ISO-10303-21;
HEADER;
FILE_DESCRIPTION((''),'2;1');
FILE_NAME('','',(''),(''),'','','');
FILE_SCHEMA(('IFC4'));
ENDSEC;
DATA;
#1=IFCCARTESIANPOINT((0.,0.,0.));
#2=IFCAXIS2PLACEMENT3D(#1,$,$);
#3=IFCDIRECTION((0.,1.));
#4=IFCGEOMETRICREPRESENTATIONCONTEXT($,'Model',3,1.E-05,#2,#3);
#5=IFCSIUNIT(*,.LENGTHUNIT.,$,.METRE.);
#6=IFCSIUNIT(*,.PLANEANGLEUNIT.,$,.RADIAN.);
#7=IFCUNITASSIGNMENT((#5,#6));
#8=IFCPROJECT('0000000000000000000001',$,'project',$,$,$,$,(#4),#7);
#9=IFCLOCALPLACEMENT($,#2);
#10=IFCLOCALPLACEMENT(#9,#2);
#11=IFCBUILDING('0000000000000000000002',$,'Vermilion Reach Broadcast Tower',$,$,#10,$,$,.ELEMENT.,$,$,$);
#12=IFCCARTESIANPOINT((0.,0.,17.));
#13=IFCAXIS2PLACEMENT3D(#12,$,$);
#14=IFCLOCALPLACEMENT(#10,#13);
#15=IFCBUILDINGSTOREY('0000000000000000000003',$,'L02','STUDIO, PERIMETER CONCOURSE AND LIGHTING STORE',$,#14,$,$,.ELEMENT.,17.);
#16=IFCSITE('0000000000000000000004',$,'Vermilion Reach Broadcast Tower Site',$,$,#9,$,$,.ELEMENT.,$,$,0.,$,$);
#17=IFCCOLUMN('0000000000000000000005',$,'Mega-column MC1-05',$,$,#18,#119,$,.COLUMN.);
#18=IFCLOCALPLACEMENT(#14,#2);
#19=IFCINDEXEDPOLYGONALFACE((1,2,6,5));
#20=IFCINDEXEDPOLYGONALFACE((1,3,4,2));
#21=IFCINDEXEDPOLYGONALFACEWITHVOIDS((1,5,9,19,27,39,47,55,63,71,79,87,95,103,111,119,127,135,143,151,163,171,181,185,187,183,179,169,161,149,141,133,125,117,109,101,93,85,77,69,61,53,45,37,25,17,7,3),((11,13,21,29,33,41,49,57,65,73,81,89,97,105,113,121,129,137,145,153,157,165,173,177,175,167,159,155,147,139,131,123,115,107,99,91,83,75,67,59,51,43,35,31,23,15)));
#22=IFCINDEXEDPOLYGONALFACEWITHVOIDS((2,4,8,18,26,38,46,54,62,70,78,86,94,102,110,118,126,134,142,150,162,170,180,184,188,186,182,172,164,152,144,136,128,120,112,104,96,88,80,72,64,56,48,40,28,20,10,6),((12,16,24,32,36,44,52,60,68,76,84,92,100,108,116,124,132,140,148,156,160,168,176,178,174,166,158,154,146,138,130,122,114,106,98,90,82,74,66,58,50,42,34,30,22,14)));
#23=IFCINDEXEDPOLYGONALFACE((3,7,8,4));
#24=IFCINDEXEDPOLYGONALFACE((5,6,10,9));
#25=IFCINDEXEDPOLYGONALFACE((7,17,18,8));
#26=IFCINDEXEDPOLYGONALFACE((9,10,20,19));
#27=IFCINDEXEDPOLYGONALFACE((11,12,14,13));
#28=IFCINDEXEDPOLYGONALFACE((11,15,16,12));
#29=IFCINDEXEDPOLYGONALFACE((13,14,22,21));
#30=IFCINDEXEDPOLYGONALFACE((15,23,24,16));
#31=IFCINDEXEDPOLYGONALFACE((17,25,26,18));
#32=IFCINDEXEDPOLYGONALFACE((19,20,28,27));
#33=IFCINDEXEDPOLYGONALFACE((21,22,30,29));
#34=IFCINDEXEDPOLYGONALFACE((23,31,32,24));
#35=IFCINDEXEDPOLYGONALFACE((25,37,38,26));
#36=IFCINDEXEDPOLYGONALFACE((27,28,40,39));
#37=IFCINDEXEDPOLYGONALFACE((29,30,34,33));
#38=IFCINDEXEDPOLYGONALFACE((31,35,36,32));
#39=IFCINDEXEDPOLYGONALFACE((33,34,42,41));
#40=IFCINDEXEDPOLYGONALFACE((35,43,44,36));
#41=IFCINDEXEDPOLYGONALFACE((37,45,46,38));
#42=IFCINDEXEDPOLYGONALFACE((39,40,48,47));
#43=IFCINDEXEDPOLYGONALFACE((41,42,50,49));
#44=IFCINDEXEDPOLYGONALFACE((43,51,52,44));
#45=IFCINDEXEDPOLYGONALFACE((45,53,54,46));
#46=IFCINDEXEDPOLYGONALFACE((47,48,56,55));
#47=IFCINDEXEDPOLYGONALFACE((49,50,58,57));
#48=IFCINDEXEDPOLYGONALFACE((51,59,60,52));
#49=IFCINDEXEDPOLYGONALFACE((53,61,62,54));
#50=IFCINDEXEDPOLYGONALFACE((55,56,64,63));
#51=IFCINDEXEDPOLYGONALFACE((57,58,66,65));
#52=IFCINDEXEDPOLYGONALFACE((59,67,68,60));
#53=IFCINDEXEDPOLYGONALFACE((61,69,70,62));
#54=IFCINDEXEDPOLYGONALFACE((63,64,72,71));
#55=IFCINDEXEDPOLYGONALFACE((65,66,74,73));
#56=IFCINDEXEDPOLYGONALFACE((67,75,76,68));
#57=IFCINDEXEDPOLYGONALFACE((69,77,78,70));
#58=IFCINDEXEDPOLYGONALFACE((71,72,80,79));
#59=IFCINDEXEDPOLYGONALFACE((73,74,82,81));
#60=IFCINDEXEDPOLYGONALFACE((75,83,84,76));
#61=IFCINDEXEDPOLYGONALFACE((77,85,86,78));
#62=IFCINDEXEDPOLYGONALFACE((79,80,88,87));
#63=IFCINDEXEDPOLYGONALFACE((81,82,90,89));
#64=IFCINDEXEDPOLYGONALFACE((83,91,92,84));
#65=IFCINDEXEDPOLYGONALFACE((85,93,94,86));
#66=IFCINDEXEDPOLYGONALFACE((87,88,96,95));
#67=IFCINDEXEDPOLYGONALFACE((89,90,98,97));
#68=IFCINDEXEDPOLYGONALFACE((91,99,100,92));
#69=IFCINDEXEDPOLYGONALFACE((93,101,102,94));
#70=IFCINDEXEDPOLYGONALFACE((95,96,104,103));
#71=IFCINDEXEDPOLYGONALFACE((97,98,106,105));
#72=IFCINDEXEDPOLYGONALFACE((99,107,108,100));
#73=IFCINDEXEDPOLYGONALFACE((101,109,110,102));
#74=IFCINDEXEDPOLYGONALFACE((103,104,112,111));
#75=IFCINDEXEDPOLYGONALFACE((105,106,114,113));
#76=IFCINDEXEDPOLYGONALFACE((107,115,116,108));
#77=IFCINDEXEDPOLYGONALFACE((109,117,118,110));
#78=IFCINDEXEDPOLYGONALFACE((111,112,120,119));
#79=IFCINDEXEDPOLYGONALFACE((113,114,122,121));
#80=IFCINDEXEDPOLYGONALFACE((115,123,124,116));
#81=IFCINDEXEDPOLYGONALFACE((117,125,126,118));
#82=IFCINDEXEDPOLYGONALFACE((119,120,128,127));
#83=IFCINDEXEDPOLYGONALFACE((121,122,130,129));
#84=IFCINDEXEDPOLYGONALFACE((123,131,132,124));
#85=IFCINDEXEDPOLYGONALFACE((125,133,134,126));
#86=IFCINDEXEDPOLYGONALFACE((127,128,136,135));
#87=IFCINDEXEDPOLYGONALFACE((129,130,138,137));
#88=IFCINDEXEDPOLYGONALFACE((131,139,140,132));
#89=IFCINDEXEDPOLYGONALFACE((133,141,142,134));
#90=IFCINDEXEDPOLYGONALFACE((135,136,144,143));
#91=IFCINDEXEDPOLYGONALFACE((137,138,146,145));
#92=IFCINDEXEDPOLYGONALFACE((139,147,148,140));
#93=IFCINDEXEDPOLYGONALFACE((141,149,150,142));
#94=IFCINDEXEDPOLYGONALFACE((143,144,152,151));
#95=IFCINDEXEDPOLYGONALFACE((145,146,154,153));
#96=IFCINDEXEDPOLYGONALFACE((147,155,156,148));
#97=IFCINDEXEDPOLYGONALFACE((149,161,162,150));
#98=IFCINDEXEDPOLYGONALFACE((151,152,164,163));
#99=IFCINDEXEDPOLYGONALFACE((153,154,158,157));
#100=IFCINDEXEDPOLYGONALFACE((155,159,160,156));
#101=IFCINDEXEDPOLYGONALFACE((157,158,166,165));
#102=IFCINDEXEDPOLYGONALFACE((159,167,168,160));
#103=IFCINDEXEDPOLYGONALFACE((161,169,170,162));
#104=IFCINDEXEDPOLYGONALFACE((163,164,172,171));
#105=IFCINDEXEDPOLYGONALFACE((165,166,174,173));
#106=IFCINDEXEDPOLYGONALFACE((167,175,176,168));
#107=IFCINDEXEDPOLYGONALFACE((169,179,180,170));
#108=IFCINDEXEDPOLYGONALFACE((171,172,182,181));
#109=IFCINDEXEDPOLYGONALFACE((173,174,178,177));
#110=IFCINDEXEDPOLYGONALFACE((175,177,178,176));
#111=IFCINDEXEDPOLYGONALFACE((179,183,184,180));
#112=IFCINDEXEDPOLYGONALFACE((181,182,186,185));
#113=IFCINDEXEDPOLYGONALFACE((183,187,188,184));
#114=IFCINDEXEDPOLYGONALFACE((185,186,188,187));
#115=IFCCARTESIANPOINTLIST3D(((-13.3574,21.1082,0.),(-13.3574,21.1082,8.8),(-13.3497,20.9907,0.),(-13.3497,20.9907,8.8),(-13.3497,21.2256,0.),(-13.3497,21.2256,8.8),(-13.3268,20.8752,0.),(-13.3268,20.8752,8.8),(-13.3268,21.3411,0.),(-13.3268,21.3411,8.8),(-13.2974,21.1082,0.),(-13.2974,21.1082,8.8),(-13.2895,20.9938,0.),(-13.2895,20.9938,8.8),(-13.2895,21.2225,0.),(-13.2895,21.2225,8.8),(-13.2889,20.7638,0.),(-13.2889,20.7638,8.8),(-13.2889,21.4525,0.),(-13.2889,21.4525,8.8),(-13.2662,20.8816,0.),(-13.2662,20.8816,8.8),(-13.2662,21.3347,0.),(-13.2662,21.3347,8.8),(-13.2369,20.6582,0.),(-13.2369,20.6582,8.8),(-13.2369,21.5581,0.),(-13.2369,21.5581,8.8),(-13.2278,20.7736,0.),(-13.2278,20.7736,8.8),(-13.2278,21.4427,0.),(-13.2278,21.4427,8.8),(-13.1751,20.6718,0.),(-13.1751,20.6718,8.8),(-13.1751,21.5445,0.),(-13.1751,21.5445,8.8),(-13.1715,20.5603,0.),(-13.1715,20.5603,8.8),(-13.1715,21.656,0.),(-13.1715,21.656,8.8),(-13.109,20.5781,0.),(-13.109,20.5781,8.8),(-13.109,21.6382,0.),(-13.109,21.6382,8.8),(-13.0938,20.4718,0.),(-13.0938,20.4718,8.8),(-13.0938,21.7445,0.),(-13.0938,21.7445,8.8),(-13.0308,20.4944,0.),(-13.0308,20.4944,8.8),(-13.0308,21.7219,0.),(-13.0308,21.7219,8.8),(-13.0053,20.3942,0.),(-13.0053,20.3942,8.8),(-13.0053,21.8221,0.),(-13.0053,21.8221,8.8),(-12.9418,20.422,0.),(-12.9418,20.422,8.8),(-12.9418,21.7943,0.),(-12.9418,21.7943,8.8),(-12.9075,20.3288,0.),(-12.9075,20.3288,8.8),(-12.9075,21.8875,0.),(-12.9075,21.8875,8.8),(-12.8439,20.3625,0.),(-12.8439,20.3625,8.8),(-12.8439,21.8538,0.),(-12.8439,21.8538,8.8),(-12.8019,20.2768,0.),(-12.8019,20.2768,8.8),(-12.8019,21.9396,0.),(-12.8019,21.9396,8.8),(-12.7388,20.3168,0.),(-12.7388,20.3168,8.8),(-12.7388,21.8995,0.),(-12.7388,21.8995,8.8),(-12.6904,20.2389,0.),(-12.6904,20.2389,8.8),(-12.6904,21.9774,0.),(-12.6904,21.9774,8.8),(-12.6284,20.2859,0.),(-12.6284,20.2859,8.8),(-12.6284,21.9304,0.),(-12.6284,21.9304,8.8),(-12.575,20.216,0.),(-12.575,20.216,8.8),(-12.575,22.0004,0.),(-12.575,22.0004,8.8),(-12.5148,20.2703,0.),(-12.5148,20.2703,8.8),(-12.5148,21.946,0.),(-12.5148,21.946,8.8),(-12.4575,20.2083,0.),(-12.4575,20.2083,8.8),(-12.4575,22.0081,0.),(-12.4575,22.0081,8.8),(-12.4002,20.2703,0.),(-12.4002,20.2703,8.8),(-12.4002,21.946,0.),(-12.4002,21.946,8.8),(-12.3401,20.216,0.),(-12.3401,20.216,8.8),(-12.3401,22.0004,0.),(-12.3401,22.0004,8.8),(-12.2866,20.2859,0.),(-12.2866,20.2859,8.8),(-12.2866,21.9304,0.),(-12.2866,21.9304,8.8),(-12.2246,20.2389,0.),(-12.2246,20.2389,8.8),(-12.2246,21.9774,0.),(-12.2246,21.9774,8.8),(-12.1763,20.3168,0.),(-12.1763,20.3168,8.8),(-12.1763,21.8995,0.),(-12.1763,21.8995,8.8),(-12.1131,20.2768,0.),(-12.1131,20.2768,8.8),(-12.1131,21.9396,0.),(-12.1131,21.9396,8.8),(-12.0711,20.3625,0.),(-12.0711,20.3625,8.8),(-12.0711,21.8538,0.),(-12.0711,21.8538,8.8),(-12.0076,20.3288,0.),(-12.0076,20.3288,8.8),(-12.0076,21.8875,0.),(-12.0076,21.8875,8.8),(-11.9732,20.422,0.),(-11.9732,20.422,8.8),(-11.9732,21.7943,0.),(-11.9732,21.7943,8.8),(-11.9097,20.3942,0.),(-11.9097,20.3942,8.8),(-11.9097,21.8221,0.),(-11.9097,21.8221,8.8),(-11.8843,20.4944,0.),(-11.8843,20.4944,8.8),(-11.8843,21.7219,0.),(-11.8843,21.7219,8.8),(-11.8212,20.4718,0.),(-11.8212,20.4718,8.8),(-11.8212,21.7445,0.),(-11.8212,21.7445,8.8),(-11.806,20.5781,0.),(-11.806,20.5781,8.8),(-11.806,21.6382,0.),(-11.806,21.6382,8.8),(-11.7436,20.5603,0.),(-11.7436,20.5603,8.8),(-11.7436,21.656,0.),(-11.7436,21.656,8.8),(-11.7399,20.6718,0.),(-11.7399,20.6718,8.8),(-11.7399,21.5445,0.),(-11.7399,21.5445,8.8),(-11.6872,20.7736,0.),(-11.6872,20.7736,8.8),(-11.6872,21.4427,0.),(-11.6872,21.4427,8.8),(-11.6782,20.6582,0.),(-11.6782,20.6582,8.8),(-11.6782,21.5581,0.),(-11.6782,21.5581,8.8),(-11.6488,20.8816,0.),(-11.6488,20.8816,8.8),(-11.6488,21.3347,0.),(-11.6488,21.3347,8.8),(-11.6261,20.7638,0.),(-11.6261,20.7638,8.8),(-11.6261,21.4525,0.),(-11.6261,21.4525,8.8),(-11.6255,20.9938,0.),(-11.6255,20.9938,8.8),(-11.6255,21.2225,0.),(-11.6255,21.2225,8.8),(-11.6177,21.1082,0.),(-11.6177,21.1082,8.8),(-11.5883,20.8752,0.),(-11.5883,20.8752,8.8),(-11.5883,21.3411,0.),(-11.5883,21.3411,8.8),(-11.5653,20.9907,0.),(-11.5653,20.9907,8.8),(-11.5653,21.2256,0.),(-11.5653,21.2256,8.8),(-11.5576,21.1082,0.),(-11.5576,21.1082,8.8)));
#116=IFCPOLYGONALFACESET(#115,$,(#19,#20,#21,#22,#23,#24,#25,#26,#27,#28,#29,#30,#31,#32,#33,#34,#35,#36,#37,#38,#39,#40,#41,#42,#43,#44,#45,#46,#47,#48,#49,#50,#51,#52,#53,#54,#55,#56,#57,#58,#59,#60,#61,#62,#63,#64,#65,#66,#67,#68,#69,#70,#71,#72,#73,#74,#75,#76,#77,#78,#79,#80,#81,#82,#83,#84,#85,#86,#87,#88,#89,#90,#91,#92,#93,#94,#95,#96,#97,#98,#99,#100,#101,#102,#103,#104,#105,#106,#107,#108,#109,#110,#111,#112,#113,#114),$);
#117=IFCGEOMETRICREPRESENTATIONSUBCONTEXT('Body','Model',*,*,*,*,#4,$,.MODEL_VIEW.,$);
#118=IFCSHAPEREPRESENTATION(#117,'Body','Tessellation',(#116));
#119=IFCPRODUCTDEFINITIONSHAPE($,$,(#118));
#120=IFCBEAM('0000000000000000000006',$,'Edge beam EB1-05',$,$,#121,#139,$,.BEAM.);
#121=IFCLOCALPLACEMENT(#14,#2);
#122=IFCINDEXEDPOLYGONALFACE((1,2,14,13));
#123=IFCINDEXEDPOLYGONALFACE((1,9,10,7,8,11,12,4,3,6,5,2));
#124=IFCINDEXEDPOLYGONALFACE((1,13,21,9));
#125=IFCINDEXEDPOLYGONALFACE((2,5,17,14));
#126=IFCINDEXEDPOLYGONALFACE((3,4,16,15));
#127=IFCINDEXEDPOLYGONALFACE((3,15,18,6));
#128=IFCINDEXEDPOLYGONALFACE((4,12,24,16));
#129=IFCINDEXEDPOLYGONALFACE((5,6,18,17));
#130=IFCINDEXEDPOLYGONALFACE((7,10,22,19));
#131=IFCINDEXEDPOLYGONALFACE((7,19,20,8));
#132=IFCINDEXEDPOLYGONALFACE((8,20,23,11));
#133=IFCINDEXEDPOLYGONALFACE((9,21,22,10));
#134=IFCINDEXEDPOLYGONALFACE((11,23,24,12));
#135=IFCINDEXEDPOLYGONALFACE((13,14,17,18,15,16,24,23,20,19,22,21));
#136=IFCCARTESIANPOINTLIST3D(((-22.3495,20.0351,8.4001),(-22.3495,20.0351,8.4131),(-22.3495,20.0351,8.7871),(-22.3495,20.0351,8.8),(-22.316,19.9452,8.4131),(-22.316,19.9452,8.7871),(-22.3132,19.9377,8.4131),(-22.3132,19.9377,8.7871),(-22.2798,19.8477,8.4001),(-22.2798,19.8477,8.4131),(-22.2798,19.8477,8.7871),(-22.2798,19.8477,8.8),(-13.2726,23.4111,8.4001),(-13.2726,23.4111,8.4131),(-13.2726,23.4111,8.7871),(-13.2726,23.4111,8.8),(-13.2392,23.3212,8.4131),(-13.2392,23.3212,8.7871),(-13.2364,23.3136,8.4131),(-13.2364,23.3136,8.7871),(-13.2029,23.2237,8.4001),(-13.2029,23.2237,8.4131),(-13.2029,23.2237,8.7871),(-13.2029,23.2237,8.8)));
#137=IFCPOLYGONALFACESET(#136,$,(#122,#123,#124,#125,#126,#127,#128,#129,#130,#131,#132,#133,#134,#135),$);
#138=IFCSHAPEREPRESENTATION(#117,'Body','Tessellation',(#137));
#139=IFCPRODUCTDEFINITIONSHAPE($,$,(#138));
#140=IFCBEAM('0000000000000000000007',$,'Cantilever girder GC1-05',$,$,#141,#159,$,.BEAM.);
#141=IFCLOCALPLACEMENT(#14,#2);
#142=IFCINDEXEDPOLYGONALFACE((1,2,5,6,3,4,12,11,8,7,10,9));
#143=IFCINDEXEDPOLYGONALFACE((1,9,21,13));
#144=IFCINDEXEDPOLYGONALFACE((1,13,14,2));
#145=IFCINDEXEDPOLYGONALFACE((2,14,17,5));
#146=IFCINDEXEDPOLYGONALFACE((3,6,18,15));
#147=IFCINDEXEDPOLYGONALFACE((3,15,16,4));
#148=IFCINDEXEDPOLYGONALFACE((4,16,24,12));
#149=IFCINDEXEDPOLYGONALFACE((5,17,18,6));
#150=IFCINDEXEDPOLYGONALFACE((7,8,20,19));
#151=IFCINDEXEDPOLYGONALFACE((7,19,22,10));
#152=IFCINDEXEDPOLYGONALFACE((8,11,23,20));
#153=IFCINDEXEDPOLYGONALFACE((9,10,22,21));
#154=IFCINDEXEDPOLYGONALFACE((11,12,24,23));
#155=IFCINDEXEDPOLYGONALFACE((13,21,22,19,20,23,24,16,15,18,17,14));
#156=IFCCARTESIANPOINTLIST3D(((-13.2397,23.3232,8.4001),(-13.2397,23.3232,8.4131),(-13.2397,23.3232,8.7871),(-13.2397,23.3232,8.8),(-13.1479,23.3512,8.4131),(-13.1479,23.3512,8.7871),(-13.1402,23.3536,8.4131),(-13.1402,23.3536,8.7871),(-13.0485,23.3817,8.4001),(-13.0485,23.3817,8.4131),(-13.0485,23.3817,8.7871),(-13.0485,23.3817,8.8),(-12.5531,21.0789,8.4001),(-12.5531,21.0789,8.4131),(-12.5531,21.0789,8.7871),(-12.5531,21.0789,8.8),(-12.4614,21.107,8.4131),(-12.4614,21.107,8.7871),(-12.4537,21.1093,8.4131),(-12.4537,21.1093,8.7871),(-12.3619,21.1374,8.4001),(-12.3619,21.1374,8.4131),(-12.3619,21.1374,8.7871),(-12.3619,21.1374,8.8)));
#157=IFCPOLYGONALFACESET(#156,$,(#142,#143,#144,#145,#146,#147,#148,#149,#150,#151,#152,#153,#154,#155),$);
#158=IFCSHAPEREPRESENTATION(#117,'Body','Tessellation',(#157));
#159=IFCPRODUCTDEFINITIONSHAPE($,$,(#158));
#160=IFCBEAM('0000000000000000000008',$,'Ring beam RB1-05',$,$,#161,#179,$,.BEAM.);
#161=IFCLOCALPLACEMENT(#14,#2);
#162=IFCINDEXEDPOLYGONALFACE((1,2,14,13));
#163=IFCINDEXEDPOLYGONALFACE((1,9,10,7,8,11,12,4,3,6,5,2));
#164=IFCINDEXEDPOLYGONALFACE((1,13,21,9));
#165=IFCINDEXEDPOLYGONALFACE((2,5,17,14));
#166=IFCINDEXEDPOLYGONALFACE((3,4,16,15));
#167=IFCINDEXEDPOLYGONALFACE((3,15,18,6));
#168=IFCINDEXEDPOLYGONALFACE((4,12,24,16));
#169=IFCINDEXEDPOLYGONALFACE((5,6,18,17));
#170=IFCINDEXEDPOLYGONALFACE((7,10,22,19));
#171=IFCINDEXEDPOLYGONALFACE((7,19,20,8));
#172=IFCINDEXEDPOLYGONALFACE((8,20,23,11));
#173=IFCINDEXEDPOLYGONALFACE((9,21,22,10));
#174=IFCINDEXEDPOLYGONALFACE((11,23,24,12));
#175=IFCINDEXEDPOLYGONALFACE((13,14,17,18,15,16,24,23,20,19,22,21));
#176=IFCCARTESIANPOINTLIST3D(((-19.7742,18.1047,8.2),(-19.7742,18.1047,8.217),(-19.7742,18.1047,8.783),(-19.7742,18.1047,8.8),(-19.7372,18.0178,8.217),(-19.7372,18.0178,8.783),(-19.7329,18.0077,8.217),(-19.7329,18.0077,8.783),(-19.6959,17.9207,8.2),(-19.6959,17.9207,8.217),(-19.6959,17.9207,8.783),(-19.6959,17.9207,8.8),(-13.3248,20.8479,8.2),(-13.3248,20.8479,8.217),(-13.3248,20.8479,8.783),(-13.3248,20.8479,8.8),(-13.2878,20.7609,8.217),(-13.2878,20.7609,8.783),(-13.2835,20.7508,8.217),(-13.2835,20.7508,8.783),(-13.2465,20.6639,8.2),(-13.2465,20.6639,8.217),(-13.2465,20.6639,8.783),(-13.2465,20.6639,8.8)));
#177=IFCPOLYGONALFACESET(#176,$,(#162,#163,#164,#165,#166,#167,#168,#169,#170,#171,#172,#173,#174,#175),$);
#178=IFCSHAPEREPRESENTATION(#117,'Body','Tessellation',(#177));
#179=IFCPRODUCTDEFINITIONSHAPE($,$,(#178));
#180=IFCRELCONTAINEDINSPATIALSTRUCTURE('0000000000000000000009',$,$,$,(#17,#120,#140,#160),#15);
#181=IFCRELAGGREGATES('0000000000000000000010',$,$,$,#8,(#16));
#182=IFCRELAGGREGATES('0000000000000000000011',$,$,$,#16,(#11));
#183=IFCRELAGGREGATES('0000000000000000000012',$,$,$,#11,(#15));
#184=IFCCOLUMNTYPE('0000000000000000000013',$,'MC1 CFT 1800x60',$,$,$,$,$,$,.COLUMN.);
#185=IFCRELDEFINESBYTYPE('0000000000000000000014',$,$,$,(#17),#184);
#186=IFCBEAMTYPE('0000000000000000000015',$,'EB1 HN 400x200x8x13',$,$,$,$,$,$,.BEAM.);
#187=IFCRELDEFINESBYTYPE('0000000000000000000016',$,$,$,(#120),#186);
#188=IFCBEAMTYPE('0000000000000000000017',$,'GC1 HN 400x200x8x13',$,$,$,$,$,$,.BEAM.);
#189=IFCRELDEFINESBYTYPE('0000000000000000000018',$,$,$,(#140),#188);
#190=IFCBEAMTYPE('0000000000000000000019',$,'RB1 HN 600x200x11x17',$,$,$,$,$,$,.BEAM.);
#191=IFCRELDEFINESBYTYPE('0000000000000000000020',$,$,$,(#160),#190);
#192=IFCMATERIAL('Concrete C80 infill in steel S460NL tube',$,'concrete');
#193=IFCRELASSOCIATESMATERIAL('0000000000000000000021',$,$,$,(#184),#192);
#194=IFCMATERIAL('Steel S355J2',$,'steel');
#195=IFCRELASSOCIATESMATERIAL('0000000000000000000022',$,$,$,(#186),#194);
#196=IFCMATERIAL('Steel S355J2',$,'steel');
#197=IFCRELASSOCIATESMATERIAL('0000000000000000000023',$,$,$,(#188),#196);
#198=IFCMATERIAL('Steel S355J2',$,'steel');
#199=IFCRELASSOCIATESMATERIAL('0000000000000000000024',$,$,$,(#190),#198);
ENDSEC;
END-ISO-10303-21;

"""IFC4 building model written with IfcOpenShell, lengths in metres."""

from ifc_helpers import new_model, si_unit, direction, frame, origin, origin_2d, place, context, subcontext, project, spatial, hollow_circle, i_section, extrude, material, material_profile, profile_set, type_object, element, save


model = new_model("IFC4")

# Units and contexts
model_context = context("Model", 3, precision=1e-05, world=origin(), true_north=direction((0.0, 1.0)))
body_context = subcontext(model_context, "Body", "Model", "MODEL_VIEW")
ifc_project = project(units=[si_unit("LENGTHUNIT", "METRE"), si_unit("PLANEANGLEUNIT", "RADIAN")], contexts=[model_context])

# Site, building, storey
site_placement = place(None, origin())
site = spatial("IfcSite", under=ifc_project, at=site_placement, Name="Vermilion Reach Broadcast Tower Site", CompositionType="ELEMENT", RefElevation=0.0)
building_placement = place(site_placement, origin())
building = spatial("IfcBuilding", under=site, at=building_placement, Name="Vermilion Reach Broadcast Tower", CompositionType="ELEMENT")
storey_placement = place(building_placement, frame((0.0, 0.0, 17.0)))
storey = spatial("IfcBuildingStorey", under=building, at=storey_placement, Name="L02", Description="STUDIO, PERIMETER CONCOURSE AND LIGHTING STORE", CompositionType="ELEMENT", Elevation=17.0)

# Column
ifc_material_1 = material(Name="Concrete C80 infill in steel S460NL tube", Category="concrete")
ifc_material_profile_1 = material_profile(ifc_material_1, hollow_circle(Radius=0.8999, WallThickness=0.0601, at=origin_2d()), Name="Concrete C80 infill in steel S460NL tube CFT 1800x60")
ifc_profile_set_1 = profile_set([ifc_material_profile_1], Name="Concrete C80 infill in steel S460NL tube")
column_type = type_object("IfcColumnType", Name="MC1 CFT 1800x60", PredefinedType="COLUMN", material=ifc_profile_set_1)
column_placement = place(storey_placement, frame((-12.4575, 21.1082, 0.0), z_axis=(0.0, 0.0, 1.0), x_axis=(1.0, 0.0, 0.0)))
element("IfcColumn", 1, at=column_placement, inside=storey, type_object=column_type, Name="Mega-column MC1-05", PredefinedType="COLUMN", context=body_context, shape_type="SweptSolid", body=[
    extrude(hollow_circle(Radius=0.8999, WallThickness=0.0601, at=origin_2d()), origin(), (0.0, 0.0, 1.0), 8.8),
])

# Beams
ifc_material_2 = material(Name="Steel S355J2", Category="steel")
ifc_material_profile_2 = material_profile(ifc_material_2, i_section(OverallWidth=0.2, OverallDepth=0.3999, WebThickness=0.0081, FlangeThickness=0.0129, at=origin_2d()), Name="S355J2 HN 400x200x8x13")
ifc_profile_set_2 = profile_set([ifc_material_profile_2], Name="Steel S355J2")
beam_type_1 = type_object("IfcBeamType", Name="EB1 HN 400x200x8x13", PredefinedType="BEAM", material=ifc_profile_set_2)
beam_1_placement = place(storey_placement, frame((-13.2378, 23.3174, 8.6001), z_axis=(-0.937272, -0.3486, 0.0), x_axis=(0.3486, -0.937272, 0.0)))
element("IfcBeam", 2, at=beam_1_placement, inside=storey, type_object=beam_type_1, Name="Edge beam EB1-05", PredefinedType="BEAM", context=body_context, shape_type="SweptSolid", body=[
    extrude(i_section(OverallWidth=0.2, OverallDepth=0.3999, WebThickness=0.0081, FlangeThickness=0.0129, at=origin_2d()), origin(), (0.0, 0.0, 1.0), 9.6843),
])
ifc_material_3 = material(Name="Steel S355J2", Category="steel")
ifc_material_profile_3 = material_profile(ifc_material_3, i_section(OverallWidth=0.2, OverallDepth=0.3999, WebThickness=0.0081, FlangeThickness=0.0129, at=origin_2d()), Name="S355J2 HN 400x200x8x13")
ifc_profile_set_3 = profile_set([ifc_material_profile_3], Name="Steel S355J2")
beam_type_2 = type_object("IfcBeamType", Name="GC1 HN 400x200x8x13", PredefinedType="BEAM", material=ifc_profile_set_3)
beam_2_placement = place(storey_placement, frame((-12.4575, 21.1082, 8.6001), z_axis=(-0.292536, 0.956255, 0.0), x_axis=(-0.956255, -0.292536, 0.0)))
element("IfcBeam", 3, at=beam_2_placement, inside=storey, type_object=beam_type_2, Name="Cantilever girder GC1-05", PredefinedType="BEAM", context=body_context, shape_type="SweptSolid", body=[
    extrude(i_section(OverallWidth=0.2, OverallDepth=0.3999, WebThickness=0.0081, FlangeThickness=0.0129, at=origin_2d()), origin(), (0.0, 0.0, 1.0), 2.3469),
])
ifc_material_4 = material(Name="Steel S355J2", Category="steel")
ifc_material_profile_4 = material_profile(ifc_material_4, i_section(OverallWidth=0.2, OverallDepth=0.6001, WebThickness=0.011, FlangeThickness=0.0171, at=origin_2d()), Name="S355J2 HN 600x200x11x17")
ifc_profile_set_4 = profile_set([ifc_material_profile_4], Name="Steel S355J2")
beam_type_3 = type_object("IfcBeamType", Name="RB1 HN 600x200x11x17", PredefinedType="BEAM", material=ifc_profile_set_4)
beam_3_placement = place(storey_placement, frame((-13.2856, 20.7559, 8.5), z_axis=(-0.920221, -0.3914, 0.0), x_axis=(0.3914, -0.920221, 0.0)))
element("IfcBeam", 4, at=beam_3_placement, inside=storey, type_object=beam_type_3, Name="Ring beam RB1-05", PredefinedType="BEAM", context=body_context, shape_type="SweptSolid", body=[
    extrude(i_section(OverallWidth=0.2, OverallDepth=0.6001, WebThickness=0.011, FlangeThickness=0.0171, at=origin_2d()), origin(), (0.0, 0.0, 1.0), 7.0085),
])

save(model, "model.ifc")
